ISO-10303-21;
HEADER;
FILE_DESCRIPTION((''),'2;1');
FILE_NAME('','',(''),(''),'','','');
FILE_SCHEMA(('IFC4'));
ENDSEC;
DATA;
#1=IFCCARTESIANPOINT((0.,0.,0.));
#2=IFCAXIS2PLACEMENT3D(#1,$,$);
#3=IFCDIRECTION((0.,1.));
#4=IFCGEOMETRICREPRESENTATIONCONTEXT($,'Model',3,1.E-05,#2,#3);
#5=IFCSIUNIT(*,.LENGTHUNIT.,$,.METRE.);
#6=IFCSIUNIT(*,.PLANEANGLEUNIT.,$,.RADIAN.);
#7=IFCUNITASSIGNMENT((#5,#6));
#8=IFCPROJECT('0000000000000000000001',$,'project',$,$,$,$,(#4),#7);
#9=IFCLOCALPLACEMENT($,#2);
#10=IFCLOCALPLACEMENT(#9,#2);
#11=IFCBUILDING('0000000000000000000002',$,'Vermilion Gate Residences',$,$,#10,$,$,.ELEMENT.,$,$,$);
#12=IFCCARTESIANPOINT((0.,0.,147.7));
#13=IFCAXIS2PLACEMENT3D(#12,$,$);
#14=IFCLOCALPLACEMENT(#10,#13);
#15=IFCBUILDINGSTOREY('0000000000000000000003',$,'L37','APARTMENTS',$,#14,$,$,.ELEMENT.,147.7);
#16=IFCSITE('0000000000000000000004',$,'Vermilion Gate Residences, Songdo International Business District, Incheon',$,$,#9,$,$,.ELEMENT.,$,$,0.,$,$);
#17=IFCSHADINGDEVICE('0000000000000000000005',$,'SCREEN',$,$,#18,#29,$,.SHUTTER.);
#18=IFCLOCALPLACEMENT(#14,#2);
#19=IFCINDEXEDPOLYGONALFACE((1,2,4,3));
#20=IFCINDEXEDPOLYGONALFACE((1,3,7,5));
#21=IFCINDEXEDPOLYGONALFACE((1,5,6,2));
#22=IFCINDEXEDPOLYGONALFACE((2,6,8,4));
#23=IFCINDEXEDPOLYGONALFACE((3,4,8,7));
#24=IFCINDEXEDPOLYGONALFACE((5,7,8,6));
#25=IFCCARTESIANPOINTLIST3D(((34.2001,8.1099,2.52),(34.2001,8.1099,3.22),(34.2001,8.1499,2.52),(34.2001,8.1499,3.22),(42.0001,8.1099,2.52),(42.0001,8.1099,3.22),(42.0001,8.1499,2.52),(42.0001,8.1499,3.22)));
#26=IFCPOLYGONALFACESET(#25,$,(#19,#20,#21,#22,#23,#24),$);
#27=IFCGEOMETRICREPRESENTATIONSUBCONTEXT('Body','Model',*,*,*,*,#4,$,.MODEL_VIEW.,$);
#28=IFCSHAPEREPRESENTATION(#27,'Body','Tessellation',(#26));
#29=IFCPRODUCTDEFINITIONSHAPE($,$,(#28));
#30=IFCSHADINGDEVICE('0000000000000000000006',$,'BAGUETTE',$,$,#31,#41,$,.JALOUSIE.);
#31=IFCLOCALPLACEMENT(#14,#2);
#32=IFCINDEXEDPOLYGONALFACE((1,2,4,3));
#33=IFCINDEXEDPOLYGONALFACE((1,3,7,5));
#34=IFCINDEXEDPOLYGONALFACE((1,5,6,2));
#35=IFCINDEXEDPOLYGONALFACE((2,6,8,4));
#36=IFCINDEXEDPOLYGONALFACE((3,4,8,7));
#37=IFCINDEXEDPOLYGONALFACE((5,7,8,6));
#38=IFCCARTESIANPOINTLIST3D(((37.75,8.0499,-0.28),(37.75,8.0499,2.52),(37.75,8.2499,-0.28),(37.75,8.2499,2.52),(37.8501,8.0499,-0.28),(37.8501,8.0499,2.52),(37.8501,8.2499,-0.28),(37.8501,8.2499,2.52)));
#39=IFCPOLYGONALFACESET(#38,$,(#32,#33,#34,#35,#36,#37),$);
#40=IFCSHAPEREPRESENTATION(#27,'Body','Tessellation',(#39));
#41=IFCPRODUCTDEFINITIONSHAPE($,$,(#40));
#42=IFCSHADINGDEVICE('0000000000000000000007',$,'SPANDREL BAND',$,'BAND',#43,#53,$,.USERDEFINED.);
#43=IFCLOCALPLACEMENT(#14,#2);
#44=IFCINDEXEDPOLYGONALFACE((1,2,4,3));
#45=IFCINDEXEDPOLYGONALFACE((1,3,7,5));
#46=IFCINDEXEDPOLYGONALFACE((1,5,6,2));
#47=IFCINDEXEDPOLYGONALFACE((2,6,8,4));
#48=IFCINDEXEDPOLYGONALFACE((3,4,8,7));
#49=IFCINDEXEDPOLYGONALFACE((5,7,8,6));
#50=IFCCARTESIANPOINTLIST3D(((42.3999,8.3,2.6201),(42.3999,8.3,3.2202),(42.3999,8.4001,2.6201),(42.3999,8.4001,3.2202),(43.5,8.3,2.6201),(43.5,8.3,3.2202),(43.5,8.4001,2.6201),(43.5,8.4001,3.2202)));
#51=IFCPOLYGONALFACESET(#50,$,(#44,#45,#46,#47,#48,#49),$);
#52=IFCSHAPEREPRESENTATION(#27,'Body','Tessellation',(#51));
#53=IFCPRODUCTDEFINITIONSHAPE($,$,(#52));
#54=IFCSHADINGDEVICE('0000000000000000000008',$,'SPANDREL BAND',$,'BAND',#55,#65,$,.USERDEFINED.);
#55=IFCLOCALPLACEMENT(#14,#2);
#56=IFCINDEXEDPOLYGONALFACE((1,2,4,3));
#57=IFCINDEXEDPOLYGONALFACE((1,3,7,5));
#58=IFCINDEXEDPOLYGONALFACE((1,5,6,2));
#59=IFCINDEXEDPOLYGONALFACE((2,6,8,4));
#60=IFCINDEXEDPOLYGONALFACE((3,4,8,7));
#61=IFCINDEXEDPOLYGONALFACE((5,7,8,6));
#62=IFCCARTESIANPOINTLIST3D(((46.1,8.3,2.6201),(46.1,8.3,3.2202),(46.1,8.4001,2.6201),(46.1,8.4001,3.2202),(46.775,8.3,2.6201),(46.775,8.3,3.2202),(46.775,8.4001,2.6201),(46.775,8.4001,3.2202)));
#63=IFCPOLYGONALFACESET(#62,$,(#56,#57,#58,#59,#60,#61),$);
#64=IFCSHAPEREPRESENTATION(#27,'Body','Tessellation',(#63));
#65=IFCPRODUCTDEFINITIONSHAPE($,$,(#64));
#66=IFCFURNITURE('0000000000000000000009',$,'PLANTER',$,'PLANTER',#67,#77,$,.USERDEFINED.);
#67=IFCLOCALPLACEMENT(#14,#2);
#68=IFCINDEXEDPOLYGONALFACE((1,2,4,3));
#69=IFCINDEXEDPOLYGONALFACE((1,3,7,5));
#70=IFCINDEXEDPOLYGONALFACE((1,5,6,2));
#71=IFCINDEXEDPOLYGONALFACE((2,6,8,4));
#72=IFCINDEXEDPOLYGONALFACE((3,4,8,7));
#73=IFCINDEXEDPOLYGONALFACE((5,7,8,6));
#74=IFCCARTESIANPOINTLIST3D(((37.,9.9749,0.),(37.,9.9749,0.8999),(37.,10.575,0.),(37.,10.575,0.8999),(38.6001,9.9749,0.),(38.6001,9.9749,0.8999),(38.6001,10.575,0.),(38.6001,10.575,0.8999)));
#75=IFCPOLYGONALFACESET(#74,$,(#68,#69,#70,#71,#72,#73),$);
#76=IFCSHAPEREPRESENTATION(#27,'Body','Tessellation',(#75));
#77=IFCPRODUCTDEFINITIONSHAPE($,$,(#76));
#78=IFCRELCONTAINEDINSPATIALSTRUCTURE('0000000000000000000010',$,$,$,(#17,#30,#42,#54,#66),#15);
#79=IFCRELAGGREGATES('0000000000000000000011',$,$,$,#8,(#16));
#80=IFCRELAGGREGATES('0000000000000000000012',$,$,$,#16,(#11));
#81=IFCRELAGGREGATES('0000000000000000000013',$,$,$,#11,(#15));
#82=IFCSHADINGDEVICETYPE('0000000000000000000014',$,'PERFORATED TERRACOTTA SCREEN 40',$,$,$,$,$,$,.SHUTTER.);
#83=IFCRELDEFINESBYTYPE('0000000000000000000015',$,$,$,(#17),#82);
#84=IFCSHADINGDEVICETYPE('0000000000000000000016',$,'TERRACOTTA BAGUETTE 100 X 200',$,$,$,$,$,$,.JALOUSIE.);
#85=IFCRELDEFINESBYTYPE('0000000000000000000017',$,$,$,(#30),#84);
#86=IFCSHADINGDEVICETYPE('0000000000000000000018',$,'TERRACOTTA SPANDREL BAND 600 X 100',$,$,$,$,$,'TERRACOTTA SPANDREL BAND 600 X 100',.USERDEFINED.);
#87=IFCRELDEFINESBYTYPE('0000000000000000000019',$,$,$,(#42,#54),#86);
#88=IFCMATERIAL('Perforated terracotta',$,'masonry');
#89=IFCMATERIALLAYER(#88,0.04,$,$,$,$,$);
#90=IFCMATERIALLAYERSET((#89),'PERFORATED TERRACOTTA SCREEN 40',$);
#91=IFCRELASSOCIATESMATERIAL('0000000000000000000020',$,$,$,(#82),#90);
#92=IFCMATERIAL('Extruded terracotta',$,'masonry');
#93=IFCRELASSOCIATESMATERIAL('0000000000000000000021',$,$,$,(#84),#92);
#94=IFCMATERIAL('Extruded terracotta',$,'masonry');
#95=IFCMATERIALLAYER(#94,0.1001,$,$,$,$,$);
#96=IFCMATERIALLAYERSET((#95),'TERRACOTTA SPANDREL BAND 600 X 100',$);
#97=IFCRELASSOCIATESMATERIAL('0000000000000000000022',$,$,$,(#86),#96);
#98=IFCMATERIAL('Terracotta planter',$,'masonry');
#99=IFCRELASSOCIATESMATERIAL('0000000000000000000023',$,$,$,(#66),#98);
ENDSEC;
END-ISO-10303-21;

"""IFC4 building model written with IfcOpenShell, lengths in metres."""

from ifc_helpers import new_model, si_unit, direction, frame, origin, origin_2d, place, context, subcontext, project, spatial, rectangle, extrude, material, layer, layer_set, material_profile, profile_set, type_object, element, save


model = new_model("IFC4")

# Units and contexts
model_context = context("Model", 3, precision=1e-05, world=origin(), true_north=direction((0.0, 1.0)))
body_context = subcontext(model_context, "Body", "Model", "MODEL_VIEW")
ifc_project = project(units=[si_unit("LENGTHUNIT", "METRE"), si_unit("PLANEANGLEUNIT", "RADIAN")], contexts=[model_context])

# Site, building, storey
site_placement = place(None, origin())
site = spatial("IfcSite", under=ifc_project, at=site_placement, Name="Vermilion Gate Residences, Songdo International Business District, Incheon", CompositionType="ELEMENT", RefElevation=0.0)
building_placement = place(site_placement, origin())
building = spatial("IfcBuilding", under=site, at=building_placement, Name="Vermilion Gate Residences", CompositionType="ELEMENT")
storey_placement = place(building_placement, frame((0.0, 0.0, 147.7)))
storey = spatial("IfcBuildingStorey", under=building, at=storey_placement, Name="L37", Description="APARTMENTS", CompositionType="ELEMENT", Elevation=147.7)

# Shading devices
ifc_material_1 = material(Name="Perforated terracotta", Category="masonry")
ifc_layer_1 = layer(ifc_material_1, 0.04)
ifc_layer_set_1 = layer_set([ifc_layer_1], Name="PERFORATED TERRACOTTA SCREEN 40")
shading_device_type_1 = type_object("IfcShadingDeviceType", Name="PERFORATED TERRACOTTA SCREEN 40", PredefinedType="SHUTTER", material=ifc_layer_set_1)
shading_device_1_placement = place(storey_placement, frame((38.1001, 8.1299, 2.52), z_axis=(0.0, 0.0, 1.0), x_axis=(1.0, 0.0, 0.0)))
element("IfcShadingDevice", 1, at=shading_device_1_placement, inside=storey, type_object=shading_device_type_1, Name="SCREEN", PredefinedType="SHUTTER", context=body_context, shape_type="SweptSolid", body=[
    extrude(rectangle(XDim=7.8, YDim=0.04, at=origin_2d()), origin(), (0.0, 0.0, 1.0), 0.7),
])
ifc_material_2 = material(Name="Extruded terracotta", Category="masonry")
ifc_material_profile = material_profile(ifc_material_2, rectangle(XDim=0.2, YDim=0.1001, at=origin_2d()), Name="BAGUETTE 100 X 200")
ifc_profile_set = profile_set([ifc_material_profile], Name="Extruded terracotta")
shading_device_type_2 = type_object("IfcShadingDeviceType", Name="TERRACOTTA BAGUETTE 100 X 200", PredefinedType="JALOUSIE", material=ifc_profile_set)
shading_device_2_placement = place(storey_placement, frame((37.8, 8.1499, -0.28), z_axis=(0.0, 0.0, 1.0), x_axis=(0.0, 1.0, 0.0)))
element("IfcShadingDevice", 2, at=shading_device_2_placement, inside=storey, type_object=shading_device_type_2, Name="BAGUETTE", PredefinedType="JALOUSIE", context=body_context, shape_type="SweptSolid", body=[
    extrude(rectangle(XDim=0.2, YDim=0.1001, at=origin_2d()), origin(), (0.0, 0.0, 1.0), 2.8),
])
ifc_material_3 = material(Name="Extruded terracotta", Category="masonry")
ifc_layer_2 = layer(ifc_material_3, 0.1001)
ifc_layer_set_2 = layer_set([ifc_layer_2], Name="TERRACOTTA SPANDREL BAND 600 X 100")
shading_device_type_3 = type_object("IfcShadingDeviceType", Name="TERRACOTTA SPANDREL BAND 600 X 100", ElementType="TERRACOTTA SPANDREL BAND 600 X 100", PredefinedType="USERDEFINED", material=ifc_layer_set_2)
shading_device_3_placement = place(storey_placement, frame((42.95, 8.3501, 2.6201), z_axis=(0.0, 0.0, 1.0), x_axis=(1.0, 0.0, 0.0)))
element("IfcShadingDevice", 3, at=shading_device_3_placement, inside=storey, type_object=shading_device_type_3, Name="SPANDREL BAND", ObjectType="BAND", PredefinedType="USERDEFINED", context=body_context, shape_type="SweptSolid", body=[
    extrude(rectangle(XDim=1.1001, YDim=0.1001, at=origin_2d()), origin(), (0.0, 0.0, 1.0), 0.6001),
])
shading_device_4_placement = place(storey_placement, frame((46.4375, 8.3501, 2.6201), z_axis=(0.0, 0.0, 1.0), x_axis=(1.0, 0.0, 0.0)))
element("IfcShadingDevice", 4, at=shading_device_4_placement, inside=storey, type_object=shading_device_type_3, Name="SPANDREL BAND", ObjectType="BAND", PredefinedType="USERDEFINED", context=body_context, shape_type="SweptSolid", body=[
    extrude(rectangle(XDim=0.675, YDim=0.1001, at=origin_2d()), origin(), (0.0, 0.0, 1.0), 0.6001),
])

# Furniture
ifc_material_4 = material(Name="Terracotta planter", Category="masonry")
furniture_placement = place(storey_placement, frame((37.8, 10.2749, 0.0), z_axis=(0.0, 0.0, 1.0), x_axis=(1.0, 0.0, 0.0)))
element("IfcFurniture", 5, at=furniture_placement, inside=storey, material=ifc_material_4, Name="PLANTER", ObjectType="PLANTER", PredefinedType="USERDEFINED", context=body_context, shape_type="SweptSolid", body=[
    extrude(rectangle(XDim=1.6001, YDim=0.6001, at=origin_2d()), origin(), (0.0, 0.0, 1.0), 0.8999),
])

save(model, "model.ifc")
